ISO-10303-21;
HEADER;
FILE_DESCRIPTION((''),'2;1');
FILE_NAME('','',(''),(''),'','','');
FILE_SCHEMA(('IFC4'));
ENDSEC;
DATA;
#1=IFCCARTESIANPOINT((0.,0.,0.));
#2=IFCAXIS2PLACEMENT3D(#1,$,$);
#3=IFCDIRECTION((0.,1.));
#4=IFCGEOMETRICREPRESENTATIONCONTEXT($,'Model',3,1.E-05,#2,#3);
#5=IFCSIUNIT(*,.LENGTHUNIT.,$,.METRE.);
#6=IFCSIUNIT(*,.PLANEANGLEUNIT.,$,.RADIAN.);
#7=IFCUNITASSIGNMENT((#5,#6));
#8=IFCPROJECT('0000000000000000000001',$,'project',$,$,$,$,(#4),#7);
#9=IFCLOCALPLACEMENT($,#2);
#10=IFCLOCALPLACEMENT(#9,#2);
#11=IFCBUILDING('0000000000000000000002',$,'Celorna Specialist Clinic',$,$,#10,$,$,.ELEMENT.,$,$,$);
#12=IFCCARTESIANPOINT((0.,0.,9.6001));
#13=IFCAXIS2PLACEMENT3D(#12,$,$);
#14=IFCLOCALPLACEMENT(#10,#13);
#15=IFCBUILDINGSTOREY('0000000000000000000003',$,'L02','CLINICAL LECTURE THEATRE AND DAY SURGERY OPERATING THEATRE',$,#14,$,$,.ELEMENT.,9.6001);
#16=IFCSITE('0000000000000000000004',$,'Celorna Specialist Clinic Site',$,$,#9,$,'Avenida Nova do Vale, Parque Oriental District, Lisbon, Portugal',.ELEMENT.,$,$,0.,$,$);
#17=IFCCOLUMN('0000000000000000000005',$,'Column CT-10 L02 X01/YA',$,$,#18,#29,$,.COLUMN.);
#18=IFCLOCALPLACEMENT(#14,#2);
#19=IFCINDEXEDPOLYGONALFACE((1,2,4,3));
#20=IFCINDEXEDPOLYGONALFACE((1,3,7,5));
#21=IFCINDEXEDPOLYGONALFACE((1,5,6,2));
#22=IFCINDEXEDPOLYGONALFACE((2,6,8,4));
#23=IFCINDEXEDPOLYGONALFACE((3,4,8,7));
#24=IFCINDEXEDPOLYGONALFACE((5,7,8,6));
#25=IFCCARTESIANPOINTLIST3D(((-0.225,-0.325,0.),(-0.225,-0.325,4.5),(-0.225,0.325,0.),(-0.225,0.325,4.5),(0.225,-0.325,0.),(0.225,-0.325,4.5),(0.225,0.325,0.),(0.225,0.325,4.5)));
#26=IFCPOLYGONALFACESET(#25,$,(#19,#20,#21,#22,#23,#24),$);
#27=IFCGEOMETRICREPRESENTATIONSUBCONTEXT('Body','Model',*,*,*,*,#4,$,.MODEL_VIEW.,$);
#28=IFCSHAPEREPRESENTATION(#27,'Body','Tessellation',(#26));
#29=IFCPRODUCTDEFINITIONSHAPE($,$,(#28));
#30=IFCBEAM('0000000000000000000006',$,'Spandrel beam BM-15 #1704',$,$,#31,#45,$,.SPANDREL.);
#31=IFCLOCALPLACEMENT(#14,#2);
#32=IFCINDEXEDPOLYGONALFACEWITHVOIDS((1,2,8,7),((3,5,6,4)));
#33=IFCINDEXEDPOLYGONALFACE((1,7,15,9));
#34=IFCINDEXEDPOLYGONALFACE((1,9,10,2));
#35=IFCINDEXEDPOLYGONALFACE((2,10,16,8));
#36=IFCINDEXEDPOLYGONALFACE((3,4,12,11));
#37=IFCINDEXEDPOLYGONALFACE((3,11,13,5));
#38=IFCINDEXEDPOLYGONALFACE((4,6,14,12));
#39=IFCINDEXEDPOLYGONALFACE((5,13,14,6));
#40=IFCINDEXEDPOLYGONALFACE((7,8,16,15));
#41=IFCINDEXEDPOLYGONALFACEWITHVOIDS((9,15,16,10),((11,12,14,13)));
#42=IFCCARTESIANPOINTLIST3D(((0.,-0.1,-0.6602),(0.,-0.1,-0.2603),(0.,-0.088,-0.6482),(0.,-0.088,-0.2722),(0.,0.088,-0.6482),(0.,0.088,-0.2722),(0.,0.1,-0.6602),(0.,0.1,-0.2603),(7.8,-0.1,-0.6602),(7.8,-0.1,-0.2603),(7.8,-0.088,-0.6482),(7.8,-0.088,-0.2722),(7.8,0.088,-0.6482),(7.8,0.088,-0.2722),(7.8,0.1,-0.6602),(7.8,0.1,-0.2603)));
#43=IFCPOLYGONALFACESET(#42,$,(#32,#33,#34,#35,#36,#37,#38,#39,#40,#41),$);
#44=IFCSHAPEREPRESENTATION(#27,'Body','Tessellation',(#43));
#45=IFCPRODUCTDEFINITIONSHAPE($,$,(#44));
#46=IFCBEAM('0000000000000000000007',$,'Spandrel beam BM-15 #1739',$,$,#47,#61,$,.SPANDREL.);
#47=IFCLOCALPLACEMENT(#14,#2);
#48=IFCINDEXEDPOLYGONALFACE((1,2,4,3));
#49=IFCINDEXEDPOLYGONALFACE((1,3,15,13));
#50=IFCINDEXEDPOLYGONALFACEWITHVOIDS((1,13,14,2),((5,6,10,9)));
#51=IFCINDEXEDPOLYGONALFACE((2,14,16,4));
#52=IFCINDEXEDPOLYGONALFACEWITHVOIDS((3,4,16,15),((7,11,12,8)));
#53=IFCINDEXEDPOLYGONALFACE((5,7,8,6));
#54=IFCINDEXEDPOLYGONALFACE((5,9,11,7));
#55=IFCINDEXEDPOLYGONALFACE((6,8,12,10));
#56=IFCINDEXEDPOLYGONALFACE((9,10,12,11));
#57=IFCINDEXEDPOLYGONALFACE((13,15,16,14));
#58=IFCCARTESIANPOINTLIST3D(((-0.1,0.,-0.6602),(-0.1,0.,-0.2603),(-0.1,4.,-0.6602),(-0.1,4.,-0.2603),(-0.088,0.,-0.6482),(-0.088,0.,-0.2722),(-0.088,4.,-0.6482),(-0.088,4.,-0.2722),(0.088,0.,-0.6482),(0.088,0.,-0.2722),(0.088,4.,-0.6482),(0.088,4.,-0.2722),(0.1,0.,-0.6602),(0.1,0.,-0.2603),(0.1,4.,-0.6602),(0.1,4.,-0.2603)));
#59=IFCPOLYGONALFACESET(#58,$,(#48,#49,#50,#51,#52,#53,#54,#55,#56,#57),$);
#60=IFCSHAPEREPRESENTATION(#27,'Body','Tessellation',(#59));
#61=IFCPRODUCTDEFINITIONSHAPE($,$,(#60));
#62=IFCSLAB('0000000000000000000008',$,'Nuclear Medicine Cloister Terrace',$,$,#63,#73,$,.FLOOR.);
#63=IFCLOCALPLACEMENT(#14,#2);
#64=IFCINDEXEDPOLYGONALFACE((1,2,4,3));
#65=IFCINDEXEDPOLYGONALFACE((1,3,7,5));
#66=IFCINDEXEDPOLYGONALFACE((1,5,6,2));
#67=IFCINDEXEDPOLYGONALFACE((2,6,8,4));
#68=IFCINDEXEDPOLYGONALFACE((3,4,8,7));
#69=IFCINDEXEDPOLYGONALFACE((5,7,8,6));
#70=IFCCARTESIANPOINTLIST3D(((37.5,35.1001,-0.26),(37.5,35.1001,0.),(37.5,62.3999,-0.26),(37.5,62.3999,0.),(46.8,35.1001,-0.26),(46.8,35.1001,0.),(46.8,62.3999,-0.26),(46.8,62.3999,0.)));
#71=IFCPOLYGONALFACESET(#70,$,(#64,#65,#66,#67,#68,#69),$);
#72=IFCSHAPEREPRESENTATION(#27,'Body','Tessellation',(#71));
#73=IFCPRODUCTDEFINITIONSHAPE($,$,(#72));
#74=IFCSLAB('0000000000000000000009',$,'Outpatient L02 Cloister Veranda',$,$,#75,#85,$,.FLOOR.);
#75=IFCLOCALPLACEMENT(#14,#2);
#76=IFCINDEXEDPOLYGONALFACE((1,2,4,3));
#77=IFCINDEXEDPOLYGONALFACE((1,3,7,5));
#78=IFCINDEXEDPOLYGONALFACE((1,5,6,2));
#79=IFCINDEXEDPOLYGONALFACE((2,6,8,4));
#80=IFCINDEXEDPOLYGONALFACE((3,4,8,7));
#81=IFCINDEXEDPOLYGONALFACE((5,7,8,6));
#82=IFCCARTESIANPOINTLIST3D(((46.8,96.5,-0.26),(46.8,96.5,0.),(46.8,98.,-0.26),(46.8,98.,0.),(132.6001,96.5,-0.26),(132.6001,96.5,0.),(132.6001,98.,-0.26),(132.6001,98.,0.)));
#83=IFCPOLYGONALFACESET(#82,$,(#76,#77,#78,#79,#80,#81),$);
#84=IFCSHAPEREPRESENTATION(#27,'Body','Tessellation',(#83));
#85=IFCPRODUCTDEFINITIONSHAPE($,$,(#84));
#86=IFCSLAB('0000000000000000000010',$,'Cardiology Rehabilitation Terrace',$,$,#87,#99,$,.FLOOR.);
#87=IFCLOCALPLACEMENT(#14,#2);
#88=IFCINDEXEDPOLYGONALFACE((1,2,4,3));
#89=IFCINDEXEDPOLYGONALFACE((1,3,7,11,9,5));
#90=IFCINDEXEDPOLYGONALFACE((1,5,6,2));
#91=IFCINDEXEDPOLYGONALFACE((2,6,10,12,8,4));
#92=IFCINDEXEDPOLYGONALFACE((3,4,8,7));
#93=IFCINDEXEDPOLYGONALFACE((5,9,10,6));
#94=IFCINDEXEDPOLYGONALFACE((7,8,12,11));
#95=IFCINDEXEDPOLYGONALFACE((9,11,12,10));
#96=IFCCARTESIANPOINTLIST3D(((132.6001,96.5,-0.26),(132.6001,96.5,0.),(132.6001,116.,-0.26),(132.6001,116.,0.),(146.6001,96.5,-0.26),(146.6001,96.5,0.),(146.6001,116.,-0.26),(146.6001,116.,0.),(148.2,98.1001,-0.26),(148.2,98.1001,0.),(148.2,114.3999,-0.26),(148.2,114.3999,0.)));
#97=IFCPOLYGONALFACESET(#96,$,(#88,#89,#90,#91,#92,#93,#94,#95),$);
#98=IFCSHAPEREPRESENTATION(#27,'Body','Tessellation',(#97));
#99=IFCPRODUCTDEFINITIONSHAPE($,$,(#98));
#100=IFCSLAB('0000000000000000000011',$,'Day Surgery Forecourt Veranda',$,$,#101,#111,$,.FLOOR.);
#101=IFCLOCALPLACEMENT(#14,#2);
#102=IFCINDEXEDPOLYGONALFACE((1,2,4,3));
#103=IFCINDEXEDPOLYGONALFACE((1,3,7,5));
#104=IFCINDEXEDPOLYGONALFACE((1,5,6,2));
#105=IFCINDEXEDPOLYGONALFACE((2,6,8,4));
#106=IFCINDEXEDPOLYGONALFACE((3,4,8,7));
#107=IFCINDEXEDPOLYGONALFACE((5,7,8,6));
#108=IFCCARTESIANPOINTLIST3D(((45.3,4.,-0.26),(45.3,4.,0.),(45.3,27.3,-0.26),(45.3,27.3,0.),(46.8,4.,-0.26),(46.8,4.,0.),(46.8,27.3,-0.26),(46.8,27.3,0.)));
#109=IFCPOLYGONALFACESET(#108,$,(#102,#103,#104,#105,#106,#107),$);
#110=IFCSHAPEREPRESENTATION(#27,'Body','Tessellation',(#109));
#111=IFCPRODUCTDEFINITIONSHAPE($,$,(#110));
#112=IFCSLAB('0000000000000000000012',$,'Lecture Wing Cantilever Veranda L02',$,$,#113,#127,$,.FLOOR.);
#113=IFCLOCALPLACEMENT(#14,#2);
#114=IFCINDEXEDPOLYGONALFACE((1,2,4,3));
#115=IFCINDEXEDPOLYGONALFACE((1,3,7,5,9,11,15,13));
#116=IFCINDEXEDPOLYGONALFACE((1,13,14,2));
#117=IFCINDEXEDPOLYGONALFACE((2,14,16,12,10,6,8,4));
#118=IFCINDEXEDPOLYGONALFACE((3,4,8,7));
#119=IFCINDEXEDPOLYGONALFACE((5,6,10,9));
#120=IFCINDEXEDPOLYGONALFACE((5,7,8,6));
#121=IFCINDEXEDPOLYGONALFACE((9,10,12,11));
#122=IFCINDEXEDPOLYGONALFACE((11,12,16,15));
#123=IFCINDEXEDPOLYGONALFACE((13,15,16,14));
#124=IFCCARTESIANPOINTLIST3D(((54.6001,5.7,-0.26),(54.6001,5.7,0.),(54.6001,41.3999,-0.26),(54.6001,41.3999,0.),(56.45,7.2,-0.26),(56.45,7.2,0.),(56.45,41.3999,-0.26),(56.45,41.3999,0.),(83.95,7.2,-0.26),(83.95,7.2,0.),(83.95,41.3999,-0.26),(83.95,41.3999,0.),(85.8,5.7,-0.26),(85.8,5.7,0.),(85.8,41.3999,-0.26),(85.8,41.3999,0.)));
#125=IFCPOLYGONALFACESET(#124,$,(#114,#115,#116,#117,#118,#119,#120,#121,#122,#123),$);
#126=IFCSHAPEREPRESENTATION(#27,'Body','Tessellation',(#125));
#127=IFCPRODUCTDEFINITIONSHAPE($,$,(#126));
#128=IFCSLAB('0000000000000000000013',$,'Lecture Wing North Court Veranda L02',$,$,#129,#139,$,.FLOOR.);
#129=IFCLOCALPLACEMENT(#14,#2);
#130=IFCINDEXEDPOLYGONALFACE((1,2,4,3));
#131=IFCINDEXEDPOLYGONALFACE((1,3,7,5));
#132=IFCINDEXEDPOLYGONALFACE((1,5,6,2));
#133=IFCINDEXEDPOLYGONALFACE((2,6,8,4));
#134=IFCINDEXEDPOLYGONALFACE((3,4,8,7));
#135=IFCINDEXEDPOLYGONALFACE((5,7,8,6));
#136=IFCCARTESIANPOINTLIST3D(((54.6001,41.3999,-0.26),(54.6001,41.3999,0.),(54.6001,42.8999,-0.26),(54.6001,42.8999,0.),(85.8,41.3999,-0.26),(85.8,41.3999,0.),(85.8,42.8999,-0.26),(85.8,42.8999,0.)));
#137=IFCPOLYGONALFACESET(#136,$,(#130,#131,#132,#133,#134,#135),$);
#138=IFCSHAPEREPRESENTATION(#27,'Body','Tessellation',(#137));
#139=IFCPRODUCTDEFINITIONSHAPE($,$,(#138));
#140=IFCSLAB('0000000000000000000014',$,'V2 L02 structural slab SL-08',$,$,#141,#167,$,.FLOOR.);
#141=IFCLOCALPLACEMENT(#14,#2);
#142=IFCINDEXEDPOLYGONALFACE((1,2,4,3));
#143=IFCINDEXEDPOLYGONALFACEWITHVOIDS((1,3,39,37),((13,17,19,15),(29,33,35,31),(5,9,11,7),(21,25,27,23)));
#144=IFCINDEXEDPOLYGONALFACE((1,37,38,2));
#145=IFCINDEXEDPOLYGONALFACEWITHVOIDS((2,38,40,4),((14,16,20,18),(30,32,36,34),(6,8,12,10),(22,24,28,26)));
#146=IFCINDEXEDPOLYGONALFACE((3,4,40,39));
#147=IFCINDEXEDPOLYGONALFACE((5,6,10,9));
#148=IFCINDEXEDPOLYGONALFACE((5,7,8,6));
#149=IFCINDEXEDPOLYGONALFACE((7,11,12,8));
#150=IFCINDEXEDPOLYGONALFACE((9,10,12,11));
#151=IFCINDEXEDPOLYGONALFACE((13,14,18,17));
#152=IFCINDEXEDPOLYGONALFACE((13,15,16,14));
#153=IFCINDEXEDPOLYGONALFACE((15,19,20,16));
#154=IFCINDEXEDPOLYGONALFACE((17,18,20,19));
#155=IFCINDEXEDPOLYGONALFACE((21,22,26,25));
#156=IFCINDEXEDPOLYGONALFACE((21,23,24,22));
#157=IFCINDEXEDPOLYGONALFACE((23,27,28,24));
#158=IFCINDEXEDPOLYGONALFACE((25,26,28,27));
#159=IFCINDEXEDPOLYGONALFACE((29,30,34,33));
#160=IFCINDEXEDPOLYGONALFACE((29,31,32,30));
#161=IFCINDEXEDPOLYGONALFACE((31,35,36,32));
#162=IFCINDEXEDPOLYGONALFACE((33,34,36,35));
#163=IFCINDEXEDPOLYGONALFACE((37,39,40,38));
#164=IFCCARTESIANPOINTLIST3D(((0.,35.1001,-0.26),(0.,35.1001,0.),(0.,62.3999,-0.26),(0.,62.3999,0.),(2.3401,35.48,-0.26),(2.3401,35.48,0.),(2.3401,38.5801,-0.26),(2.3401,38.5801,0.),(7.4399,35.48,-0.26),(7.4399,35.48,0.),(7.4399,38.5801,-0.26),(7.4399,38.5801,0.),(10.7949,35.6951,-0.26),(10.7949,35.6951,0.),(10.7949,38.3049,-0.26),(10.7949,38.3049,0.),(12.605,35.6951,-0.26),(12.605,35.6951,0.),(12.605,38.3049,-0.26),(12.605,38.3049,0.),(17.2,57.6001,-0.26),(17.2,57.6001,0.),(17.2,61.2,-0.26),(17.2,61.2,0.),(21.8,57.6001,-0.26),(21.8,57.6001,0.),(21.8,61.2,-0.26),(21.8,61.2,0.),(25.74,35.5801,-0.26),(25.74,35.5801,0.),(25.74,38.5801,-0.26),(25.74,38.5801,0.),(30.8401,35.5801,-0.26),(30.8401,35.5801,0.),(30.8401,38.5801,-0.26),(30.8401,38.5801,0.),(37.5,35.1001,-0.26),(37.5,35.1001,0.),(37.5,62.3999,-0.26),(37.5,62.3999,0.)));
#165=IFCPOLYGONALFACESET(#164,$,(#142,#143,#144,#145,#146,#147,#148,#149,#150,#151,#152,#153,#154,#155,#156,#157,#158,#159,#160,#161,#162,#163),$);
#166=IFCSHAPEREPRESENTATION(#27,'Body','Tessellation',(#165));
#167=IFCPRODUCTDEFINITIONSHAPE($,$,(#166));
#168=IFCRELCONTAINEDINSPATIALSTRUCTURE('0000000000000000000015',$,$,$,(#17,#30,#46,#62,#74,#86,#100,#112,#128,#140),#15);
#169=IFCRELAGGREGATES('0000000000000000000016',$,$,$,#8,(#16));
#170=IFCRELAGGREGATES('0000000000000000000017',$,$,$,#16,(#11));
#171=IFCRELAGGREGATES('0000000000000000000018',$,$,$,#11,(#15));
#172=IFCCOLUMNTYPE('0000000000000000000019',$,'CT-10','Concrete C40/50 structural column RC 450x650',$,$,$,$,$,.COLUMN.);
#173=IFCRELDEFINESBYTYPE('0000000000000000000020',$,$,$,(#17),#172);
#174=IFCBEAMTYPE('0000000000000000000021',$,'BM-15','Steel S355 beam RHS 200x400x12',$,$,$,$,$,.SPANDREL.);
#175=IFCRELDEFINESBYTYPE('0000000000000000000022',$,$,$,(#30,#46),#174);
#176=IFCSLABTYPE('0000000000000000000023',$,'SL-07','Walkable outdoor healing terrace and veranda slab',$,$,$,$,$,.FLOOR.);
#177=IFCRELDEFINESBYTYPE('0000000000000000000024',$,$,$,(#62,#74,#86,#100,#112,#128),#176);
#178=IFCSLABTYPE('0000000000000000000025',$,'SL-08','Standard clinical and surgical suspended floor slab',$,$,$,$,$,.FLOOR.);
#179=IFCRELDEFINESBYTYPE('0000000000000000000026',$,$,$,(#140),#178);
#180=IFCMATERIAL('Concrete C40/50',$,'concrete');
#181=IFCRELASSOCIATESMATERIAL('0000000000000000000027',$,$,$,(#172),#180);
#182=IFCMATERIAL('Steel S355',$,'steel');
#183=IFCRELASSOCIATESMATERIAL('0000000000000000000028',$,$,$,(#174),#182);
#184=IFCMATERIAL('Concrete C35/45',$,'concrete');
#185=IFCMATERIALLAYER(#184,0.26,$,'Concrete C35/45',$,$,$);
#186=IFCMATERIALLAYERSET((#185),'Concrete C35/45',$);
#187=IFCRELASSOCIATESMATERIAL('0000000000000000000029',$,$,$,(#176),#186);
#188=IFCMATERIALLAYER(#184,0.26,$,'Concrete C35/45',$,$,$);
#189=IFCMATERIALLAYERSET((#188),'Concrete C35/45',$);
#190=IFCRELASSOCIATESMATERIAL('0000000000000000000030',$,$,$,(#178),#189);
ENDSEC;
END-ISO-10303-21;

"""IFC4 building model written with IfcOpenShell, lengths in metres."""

from ifc_helpers import new_model, si_unit, direction, frame, origin, origin_with_axes, origin_2d, place, context, subcontext, project, spatial, polyline, rectangle, hollow_rectangle, outline, extrude, material, layer, layer_set, material_profile, profile_set, type_object, element, save


model = new_model("IFC4")

# Units and contexts
model_context = context("Model", 3, precision=1e-05, world=origin(), true_north=direction((0.0, 1.0)))
body_context = subcontext(model_context, "Body", "Model", "MODEL_VIEW")
ifc_project = project(units=[si_unit("LENGTHUNIT", "METRE"), si_unit("PLANEANGLEUNIT", "RADIAN")], contexts=[model_context])

# Site, building, storey
site_placement = place(None, origin())
site = spatial("IfcSite", under=ifc_project, at=site_placement, Name="Celorna Specialist Clinic Site", LongName="Avenida Nova do Vale, Parque Oriental District, Lisbon, Portugal", CompositionType="ELEMENT", RefElevation=0.0)
building_placement = place(site_placement, origin())
building = spatial("IfcBuilding", under=site, at=building_placement, Name="Celorna Specialist Clinic", CompositionType="ELEMENT")
storey_placement = place(building_placement, frame((0.0, 0.0, 9.6001)))
storey = spatial("IfcBuildingStorey", under=building, at=storey_placement, Name="L02", Description="CLINICAL LECTURE THEATRE AND DAY SURGERY OPERATING THEATRE", CompositionType="ELEMENT", Elevation=9.6001)

# Column
ifc_material_1 = material(Name="Concrete C40/50", Category="concrete")
ifc_material_profile_1 = material_profile(ifc_material_1, rectangle(XDim=0.45, YDim=0.6499, at=origin_2d()), Name="RC 450x650")
ifc_profile_set_1 = profile_set([ifc_material_profile_1], Name="Concrete C40/50")
column_type = type_object("IfcColumnType", Name="CT-10", Description="Concrete C40/50 structural column RC 450x650", PredefinedType="COLUMN", material=ifc_profile_set_1)
column_placement = place(storey_placement, origin_with_axes())
element("IfcColumn", 1, at=column_placement, inside=storey, type_object=column_type, Name="Column CT-10 L02 X01/YA", PredefinedType="COLUMN", context=body_context, shape_type="SweptSolid", body=[
    extrude(rectangle(XDim=0.45, YDim=0.6499, at=origin_2d()), origin(), (0.0, 0.0, 1.0), 4.5),
])

# Beams
ifc_material_2 = material(Name="Steel S355", Category="steel")
ifc_material_profile_2 = material_profile(ifc_material_2, hollow_rectangle(XDim=0.2, YDim=0.3999, WallThickness=0.012, at=origin_2d()), Name="RHS 200x400x12")
ifc_profile_set_2 = profile_set([ifc_material_profile_2], Name="Steel S355")
beam_type = type_object("IfcBeamType", Name="BM-15", Description="Steel S355 beam RHS 200x400x12", PredefinedType="SPANDREL", material=ifc_profile_set_2)
beam_1_placement = place(storey_placement, frame((0.0, 0.0, -0.4602), z_axis=(1.0, 0.0, 0.0), x_axis=(0.0, 1.0, 0.0)))
element("IfcBeam", 2, at=beam_1_placement, inside=storey, type_object=beam_type, Name="Spandrel beam BM-15 #1704", PredefinedType="SPANDREL", context=body_context, shape_type="SweptSolid", body=[
    extrude(hollow_rectangle(XDim=0.2, YDim=0.3999, WallThickness=0.012, at=origin_2d()), origin(), (0.0, 0.0, 1.0), 7.8),
])
beam_2_placement = place(storey_placement, frame((0.0, 0.0, -0.4602), z_axis=(0.0, 1.0, 0.0), x_axis=(-1.0, 0.0, 0.0)))
element("IfcBeam", 3, at=beam_2_placement, inside=storey, type_object=beam_type, Name="Spandrel beam BM-15 #1739", PredefinedType="SPANDREL", context=body_context, shape_type="SweptSolid", body=[
    extrude(hollow_rectangle(XDim=0.2, YDim=0.3999, WallThickness=0.012, at=origin_2d()), origin(), (0.0, 0.0, 1.0), 4.0),
])

# Slabs
ifc_material_3 = material(Name="Concrete C35/45", Category="concrete")
ifc_layer_1 = layer(ifc_material_3, 0.26, Name="Concrete C35/45")
ifc_layer_set_1 = layer_set([ifc_layer_1], Name="Concrete C35/45")
slab_type_1 = type_object("IfcSlabType", Name="SL-07", Description="Walkable outdoor healing terrace and veranda slab", PredefinedType="FLOOR", material=ifc_layer_set_1)
slab_1_placement = place(storey_placement, frame((0.0, 0.0, -0.26)))
element("IfcSlab", 4, at=slab_1_placement, inside=storey, type_object=slab_type_1, Name="Nuclear Medicine Cloister Terrace", PredefinedType="FLOOR", context=body_context, shape_type="SweptSolid", body=[
    extrude(outline(polyline([(37.5, 35.1001), (46.8, 35.1001), (46.8, 62.3999), (37.5, 62.3999), (37.5, 35.1001)])), origin(), (0.0, 0.0, 1.0), 0.26),
])
slab_2_placement = place(storey_placement, frame((0.0, 0.0, -0.26)))
element("IfcSlab", 5, at=slab_2_placement, inside=storey, type_object=slab_type_1, Name="Outpatient L02 Cloister Veranda", PredefinedType="FLOOR", context=body_context, shape_type="SweptSolid", body=[
    extrude(outline(polyline([(46.8, 96.5), (132.6001, 96.5), (132.6001, 98.0), (46.8, 98.0), (46.8, 96.5)])), origin(), (0.0, 0.0, 1.0), 0.26),
])
slab_3_placement = place(storey_placement, frame((0.0, 0.0, -0.26)))
element("IfcSlab", 6, at=slab_3_placement, inside=storey, type_object=slab_type_1, Name="Cardiology Rehabilitation Terrace", PredefinedType="FLOOR", context=body_context, shape_type="SweptSolid", body=[
    extrude(outline(polyline([(132.6001, 96.5), (146.6001, 96.5), (148.2, 98.1001), (148.2, 114.3999), (146.6001, 116.0), (132.6001, 116.0), (132.6001, 96.5)])), origin(), (0.0, 0.0, 1.0), 0.26),
])
slab_4_placement = place(storey_placement, frame((0.0, 0.0, -0.26)))
element("IfcSlab", 7, at=slab_4_placement, inside=storey, type_object=slab_type_1, Name="Day Surgery Forecourt Veranda", PredefinedType="FLOOR", context=body_context, shape_type="SweptSolid", body=[
    extrude(outline(polyline([(45.3, 4.0), (46.8, 4.0), (46.8, 27.3), (45.3, 27.3), (45.3, 4.0)])), origin(), (0.0, 0.0, 1.0), 0.26),
])
slab_5_placement = place(storey_placement, frame((0.0, 0.0, -0.26)))
element("IfcSlab", 8, at=slab_5_placement, inside=storey, type_object=slab_type_1, Name="Lecture Wing Cantilever Veranda L02", PredefinedType="FLOOR", context=body_context, shape_type="SweptSolid", body=[
    extrude(outline(polyline([(54.6001, 5.7), (85.8, 5.7), (85.8, 41.3999), (83.95, 41.3999), (83.95, 7.2), (56.45, 7.2), (56.45, 41.3999), (54.6001, 41.3999), (54.6001, 5.7)])), origin(), (0.0, 0.0, 1.0), 0.26),
])
slab_6_placement = place(storey_placement, frame((0.0, 0.0, -0.26)))
element("IfcSlab", 9, at=slab_6_placement, inside=storey, type_object=slab_type_1, Name="Lecture Wing North Court Veranda L02", PredefinedType="FLOOR", context=body_context, shape_type="SweptSolid", body=[
    extrude(outline(polyline([(54.6001, 41.3999), (85.8, 41.3999), (85.8, 42.8999), (54.6001, 42.8999), (54.6001, 41.3999)])), origin(), (0.0, 0.0, 1.0), 0.26),
])
ifc_layer_2 = layer(ifc_material_3, 0.26, Name="Concrete C35/45")
ifc_layer_set_2 = layer_set([ifc_layer_2], Name="Concrete C35/45")
slab_type_2 = type_object("IfcSlabType", Name="SL-08", Description="Standard clinical and surgical suspended floor slab", PredefinedType="FLOOR", material=ifc_layer_set_2)
slab_7_placement = place(storey_placement, frame((0.0, 0.0, -0.26)))
element("IfcSlab", 10, at=slab_7_placement, inside=storey, type_object=slab_type_2, Name="V2 L02 structural slab SL-08", PredefinedType="FLOOR", context=body_context, shape_type="SweptSolid", body=[
    extrude(outline(polyline([(37.5, 35.1001), (37.5, 62.3999), (0.0, 62.3999), (0.0, 35.1001), (37.5, 35.1001)]), holes=[polyline([(2.3401, 35.48), (7.4399, 35.48), (7.4399, 38.5801), (2.3401, 38.5801), (2.3401, 35.48)]), polyline([(25.74, 35.5801), (30.8401, 35.5801), (30.8401, 38.5801), (25.74, 38.5801), (25.74, 35.5801)]), polyline([(10.7949, 35.6951), (12.605, 35.6951), (12.605, 38.3049), (10.7949, 38.3049), (10.7949, 35.6951)]), polyline([(17.2, 57.6001), (21.8, 57.6001), (21.8, 61.2), (17.2, 61.2), (17.2, 57.6001)])]), origin(), (0.0, 0.0, 1.0), 0.26),
])

save(model, "model.ifc")
